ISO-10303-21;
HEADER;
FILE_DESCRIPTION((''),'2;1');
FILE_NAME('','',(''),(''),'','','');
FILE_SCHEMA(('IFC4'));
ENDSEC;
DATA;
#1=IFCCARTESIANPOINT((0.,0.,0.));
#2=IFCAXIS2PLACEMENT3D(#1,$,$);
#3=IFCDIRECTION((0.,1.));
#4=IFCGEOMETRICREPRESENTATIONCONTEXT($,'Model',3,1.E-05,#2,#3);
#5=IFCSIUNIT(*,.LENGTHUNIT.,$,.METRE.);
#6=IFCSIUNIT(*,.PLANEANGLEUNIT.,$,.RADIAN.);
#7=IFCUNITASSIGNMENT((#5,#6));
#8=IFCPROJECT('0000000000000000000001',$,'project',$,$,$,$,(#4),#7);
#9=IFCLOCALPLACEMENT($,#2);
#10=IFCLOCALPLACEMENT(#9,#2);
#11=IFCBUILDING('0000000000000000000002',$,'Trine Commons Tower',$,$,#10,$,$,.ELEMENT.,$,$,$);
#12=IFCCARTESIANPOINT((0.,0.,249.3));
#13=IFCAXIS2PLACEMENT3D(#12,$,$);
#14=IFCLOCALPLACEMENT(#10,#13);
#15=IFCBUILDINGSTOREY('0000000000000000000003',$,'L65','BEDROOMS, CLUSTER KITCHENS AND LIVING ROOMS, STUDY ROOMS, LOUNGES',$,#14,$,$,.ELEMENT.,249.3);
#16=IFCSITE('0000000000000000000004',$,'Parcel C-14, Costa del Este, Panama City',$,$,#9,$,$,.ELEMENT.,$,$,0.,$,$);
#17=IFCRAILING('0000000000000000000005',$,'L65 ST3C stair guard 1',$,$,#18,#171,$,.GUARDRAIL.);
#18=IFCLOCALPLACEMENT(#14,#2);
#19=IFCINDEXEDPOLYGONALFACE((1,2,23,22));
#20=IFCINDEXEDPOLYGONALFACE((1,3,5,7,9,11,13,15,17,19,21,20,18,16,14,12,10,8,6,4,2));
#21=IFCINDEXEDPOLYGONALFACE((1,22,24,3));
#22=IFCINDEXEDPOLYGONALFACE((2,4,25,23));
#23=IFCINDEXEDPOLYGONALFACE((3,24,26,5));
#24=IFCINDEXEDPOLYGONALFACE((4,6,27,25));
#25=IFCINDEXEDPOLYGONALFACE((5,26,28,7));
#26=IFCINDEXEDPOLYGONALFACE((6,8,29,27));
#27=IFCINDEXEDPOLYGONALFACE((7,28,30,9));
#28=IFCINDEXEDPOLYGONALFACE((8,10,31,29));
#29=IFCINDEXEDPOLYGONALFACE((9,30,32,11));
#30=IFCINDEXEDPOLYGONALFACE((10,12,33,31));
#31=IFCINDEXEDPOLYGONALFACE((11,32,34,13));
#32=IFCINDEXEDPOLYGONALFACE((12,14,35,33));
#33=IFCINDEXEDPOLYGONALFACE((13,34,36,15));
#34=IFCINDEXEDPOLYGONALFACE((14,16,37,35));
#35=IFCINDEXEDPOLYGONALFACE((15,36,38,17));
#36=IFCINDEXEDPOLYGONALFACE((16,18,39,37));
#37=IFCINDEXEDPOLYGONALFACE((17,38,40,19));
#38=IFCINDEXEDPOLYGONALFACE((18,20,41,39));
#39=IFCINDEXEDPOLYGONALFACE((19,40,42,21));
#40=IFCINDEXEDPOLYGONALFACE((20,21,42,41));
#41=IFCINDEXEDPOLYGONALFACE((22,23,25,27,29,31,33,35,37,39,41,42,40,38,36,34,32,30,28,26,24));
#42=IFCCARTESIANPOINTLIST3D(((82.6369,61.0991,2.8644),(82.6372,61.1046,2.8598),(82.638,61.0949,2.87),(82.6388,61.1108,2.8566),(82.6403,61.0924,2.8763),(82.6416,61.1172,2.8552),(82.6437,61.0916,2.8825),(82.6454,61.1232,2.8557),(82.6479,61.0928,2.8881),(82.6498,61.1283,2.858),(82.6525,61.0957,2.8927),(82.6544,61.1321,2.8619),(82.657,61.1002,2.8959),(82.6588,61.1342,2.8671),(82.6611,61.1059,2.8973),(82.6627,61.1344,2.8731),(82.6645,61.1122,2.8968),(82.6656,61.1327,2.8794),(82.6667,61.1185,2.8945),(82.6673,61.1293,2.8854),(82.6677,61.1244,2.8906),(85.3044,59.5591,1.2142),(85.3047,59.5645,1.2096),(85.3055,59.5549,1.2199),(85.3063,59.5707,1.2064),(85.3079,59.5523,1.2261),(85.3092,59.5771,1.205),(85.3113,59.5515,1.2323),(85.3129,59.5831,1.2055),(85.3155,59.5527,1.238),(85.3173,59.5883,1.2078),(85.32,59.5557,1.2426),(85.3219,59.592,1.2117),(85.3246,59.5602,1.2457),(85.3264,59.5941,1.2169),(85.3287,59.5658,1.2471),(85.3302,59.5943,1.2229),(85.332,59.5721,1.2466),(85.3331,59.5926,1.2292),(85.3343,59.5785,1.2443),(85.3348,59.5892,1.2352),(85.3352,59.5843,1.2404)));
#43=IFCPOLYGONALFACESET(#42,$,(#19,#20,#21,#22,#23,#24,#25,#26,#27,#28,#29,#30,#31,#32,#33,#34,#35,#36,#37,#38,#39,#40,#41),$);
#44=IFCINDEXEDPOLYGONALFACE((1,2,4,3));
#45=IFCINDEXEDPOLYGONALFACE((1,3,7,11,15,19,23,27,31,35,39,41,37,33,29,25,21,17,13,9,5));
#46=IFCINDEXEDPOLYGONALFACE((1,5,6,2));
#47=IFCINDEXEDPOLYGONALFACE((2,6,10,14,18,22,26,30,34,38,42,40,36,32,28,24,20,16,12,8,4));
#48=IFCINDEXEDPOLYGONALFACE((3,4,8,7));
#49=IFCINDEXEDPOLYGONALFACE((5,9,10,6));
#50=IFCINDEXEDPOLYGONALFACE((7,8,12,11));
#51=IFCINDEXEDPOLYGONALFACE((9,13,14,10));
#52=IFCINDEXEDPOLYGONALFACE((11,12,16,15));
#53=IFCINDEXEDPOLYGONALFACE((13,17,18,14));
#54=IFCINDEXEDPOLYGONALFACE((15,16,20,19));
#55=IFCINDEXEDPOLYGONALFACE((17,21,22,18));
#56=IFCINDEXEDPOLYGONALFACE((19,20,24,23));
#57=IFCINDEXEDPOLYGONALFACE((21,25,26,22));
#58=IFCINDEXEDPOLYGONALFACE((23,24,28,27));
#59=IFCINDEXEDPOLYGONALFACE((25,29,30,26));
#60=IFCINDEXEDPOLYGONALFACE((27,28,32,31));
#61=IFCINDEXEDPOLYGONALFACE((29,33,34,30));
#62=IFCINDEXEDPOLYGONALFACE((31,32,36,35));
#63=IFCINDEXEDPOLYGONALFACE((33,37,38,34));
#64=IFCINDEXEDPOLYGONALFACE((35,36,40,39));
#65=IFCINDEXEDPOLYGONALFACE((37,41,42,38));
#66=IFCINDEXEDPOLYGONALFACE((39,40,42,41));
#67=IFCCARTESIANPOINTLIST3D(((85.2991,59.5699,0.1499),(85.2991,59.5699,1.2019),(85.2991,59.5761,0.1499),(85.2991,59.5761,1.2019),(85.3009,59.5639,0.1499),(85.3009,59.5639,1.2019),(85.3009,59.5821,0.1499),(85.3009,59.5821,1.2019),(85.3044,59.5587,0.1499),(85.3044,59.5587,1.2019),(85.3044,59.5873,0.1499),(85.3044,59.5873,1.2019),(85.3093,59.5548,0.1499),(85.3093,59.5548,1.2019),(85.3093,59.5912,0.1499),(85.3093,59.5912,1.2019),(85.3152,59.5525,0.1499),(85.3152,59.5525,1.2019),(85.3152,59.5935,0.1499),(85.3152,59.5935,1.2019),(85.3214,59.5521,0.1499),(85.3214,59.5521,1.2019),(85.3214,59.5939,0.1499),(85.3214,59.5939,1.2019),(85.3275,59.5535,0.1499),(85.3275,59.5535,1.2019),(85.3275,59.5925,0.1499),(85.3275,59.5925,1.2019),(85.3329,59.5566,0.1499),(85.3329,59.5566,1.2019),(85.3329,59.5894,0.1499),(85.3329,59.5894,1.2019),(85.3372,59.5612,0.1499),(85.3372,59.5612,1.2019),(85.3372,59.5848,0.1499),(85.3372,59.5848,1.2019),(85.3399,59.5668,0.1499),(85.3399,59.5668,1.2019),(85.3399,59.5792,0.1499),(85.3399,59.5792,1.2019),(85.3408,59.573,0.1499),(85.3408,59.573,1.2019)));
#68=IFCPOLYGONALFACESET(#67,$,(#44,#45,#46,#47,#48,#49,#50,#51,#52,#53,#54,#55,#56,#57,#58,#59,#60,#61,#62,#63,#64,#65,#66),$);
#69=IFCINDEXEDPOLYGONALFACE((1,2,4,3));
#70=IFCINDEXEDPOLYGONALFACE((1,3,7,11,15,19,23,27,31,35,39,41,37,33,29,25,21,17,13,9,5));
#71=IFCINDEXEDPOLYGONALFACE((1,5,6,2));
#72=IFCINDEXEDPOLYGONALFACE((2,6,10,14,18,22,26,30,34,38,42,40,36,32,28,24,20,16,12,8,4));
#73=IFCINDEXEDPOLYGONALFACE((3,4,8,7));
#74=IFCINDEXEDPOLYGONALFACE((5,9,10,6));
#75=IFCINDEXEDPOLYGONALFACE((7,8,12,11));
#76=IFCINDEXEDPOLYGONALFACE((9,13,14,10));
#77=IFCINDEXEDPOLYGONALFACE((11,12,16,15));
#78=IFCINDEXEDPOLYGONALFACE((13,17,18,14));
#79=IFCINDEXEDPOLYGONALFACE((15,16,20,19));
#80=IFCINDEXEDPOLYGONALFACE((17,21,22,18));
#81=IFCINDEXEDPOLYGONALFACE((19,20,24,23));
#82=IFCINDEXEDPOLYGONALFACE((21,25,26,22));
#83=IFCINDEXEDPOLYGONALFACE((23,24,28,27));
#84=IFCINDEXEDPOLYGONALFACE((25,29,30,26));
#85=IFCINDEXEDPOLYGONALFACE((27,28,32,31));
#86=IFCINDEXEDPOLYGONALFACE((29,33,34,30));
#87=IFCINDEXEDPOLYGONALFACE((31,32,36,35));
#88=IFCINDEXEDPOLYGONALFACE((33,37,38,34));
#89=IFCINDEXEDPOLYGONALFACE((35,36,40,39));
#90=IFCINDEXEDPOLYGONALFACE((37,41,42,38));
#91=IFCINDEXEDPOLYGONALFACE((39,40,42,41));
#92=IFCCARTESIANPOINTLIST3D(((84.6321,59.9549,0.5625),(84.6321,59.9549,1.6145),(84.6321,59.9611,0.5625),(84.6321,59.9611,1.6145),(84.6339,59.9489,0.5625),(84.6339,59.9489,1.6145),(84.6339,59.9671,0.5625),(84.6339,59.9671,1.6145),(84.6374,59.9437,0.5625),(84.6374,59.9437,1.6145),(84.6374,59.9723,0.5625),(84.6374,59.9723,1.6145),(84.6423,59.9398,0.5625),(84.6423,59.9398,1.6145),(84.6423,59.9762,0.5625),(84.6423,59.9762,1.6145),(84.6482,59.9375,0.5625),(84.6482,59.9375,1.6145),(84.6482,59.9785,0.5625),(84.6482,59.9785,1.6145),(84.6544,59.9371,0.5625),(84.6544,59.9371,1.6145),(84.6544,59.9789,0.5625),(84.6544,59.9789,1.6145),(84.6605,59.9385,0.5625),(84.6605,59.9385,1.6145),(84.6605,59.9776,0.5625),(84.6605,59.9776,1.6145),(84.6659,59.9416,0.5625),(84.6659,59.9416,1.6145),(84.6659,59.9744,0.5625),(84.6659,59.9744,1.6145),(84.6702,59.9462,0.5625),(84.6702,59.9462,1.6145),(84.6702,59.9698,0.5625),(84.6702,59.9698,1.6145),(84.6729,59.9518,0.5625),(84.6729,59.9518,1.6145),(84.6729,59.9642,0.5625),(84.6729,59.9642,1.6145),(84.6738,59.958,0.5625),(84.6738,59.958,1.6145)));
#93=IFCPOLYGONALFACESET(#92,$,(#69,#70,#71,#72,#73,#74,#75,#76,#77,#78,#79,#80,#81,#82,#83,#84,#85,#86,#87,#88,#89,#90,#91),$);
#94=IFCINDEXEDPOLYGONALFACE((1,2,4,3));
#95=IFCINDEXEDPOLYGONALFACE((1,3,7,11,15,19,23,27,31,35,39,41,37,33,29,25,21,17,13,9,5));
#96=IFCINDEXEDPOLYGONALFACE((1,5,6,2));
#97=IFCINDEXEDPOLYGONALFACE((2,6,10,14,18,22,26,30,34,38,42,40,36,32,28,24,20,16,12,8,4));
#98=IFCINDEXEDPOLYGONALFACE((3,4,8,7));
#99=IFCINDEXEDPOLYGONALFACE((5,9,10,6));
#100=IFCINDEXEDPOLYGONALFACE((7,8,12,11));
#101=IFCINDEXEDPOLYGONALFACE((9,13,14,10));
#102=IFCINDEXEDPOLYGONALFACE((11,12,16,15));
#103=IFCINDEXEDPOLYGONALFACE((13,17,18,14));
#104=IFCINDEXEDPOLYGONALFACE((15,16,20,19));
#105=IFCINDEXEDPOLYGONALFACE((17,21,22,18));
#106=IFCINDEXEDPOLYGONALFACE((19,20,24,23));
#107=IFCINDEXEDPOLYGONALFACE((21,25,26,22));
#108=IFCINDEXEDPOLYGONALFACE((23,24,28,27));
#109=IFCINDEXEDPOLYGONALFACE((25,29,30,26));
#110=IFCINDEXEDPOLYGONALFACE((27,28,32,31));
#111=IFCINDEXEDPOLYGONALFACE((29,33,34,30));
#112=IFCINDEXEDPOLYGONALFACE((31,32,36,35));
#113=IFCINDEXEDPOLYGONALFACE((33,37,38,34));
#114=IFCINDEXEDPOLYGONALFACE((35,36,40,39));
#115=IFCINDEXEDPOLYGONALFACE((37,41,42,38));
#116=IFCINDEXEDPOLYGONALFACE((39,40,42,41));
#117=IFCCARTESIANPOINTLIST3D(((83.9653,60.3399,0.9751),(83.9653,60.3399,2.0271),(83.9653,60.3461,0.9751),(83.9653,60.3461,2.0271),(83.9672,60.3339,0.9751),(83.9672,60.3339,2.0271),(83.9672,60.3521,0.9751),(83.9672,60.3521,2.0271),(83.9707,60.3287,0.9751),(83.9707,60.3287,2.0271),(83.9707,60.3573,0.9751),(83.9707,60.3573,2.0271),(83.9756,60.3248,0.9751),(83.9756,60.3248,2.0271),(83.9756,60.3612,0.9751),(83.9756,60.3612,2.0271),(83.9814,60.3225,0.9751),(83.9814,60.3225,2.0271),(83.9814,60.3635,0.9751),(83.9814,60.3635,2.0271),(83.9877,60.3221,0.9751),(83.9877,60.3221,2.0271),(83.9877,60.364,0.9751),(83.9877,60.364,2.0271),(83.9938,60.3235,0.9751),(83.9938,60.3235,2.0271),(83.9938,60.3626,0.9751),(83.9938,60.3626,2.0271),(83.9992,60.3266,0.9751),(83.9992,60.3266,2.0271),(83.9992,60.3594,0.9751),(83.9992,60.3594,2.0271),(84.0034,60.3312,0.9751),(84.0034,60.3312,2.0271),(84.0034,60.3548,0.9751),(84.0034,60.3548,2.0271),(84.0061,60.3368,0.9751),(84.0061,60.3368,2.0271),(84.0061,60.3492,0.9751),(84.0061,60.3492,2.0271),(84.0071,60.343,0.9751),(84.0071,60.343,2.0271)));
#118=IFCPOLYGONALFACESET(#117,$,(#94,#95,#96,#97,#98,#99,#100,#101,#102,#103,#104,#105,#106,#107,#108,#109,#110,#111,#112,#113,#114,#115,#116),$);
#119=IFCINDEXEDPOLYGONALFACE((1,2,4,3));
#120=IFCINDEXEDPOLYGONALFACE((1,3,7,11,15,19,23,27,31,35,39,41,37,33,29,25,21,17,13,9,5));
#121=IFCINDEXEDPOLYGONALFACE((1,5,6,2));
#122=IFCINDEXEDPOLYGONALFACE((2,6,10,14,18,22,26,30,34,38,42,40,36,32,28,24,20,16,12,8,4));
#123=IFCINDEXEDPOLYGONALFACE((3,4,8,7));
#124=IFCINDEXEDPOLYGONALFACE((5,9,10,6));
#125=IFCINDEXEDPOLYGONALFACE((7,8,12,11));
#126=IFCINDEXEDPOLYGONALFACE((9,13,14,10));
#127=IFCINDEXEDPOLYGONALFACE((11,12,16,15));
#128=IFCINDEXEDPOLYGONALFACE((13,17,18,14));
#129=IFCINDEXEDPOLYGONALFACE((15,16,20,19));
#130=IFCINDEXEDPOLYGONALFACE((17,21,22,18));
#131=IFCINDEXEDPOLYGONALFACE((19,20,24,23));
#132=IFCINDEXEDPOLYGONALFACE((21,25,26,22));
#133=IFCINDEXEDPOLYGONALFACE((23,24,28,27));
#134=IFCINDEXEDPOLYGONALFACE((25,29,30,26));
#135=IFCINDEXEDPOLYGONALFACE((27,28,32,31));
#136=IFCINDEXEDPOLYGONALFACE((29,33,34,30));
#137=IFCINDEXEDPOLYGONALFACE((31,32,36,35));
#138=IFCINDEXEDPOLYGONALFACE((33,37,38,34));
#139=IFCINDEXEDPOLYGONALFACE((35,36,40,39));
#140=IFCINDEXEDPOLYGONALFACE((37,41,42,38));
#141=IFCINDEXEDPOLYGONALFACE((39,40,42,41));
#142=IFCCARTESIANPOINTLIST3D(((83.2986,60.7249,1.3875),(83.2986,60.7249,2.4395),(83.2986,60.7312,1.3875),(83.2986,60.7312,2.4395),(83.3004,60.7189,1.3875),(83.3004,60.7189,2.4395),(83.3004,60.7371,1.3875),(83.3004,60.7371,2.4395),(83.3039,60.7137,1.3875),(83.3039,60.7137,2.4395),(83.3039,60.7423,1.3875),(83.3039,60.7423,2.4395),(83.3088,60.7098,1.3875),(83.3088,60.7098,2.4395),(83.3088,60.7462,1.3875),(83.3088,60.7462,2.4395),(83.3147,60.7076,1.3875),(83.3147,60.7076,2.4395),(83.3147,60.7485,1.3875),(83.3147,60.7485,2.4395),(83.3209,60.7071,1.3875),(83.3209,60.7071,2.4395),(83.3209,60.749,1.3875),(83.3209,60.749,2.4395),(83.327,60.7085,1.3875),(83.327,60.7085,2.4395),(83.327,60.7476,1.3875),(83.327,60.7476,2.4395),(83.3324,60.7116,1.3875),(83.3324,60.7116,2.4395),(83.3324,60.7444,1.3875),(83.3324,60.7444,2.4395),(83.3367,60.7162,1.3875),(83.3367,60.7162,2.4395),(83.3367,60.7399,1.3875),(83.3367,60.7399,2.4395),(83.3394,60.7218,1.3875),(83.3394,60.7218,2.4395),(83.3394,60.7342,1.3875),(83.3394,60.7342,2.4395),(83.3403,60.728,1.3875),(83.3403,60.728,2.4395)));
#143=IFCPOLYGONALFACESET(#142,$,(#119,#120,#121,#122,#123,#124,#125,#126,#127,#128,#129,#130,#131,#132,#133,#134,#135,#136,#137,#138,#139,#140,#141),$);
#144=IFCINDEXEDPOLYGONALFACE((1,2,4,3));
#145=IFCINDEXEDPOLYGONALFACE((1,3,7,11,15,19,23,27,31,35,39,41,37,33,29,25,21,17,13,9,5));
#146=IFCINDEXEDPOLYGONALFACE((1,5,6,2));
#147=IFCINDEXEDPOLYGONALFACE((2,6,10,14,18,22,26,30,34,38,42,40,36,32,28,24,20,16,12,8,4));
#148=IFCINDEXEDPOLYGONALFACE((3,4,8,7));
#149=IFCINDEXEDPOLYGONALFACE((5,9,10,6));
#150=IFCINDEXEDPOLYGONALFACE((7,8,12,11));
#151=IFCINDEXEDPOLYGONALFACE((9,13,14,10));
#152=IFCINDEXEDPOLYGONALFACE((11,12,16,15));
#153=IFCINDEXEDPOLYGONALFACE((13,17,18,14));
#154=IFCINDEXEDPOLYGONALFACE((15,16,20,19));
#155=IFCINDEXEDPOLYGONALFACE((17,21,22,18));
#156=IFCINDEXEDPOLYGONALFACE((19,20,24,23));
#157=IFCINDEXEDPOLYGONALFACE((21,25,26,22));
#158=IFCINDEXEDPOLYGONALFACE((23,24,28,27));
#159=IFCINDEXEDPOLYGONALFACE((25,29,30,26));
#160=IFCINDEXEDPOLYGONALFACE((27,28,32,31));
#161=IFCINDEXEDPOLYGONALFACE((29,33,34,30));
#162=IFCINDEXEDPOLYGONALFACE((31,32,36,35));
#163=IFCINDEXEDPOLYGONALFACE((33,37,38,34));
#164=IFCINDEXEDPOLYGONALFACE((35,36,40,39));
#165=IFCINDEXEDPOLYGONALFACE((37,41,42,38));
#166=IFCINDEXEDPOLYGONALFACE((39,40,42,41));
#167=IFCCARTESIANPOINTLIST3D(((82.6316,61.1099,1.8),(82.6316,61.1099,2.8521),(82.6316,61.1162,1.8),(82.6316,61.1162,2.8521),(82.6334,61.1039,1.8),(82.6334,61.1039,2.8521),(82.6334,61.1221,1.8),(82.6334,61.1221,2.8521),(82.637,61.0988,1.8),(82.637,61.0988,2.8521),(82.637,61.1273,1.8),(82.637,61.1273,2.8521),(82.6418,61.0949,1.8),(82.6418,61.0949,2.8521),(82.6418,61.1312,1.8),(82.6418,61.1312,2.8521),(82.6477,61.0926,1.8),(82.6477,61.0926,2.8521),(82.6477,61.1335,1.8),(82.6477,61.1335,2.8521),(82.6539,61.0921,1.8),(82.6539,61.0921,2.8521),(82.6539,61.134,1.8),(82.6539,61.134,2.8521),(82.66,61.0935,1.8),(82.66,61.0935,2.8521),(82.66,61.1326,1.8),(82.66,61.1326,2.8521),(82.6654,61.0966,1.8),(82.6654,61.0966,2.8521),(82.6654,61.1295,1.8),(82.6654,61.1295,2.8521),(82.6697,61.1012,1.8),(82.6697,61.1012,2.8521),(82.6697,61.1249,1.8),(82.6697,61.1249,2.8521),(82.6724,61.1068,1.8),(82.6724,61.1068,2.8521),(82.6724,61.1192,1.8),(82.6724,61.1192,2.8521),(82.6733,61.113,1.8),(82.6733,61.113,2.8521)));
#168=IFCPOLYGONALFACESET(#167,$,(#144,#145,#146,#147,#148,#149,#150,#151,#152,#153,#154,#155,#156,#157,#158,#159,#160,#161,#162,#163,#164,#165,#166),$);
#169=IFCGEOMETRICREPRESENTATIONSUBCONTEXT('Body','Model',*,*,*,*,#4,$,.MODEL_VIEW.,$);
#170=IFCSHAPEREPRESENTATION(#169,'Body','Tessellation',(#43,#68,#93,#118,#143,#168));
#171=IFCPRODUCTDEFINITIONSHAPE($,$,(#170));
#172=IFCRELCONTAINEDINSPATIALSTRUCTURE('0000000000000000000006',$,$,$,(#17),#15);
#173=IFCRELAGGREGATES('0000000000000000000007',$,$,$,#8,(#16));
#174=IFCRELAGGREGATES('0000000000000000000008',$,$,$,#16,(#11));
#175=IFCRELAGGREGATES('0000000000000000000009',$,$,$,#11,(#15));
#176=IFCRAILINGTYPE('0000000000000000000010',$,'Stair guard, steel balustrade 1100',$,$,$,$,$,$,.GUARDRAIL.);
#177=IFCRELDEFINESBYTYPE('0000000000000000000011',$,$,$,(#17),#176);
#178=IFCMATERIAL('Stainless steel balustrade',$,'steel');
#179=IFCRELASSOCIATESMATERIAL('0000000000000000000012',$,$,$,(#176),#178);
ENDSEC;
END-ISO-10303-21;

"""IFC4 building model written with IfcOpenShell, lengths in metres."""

from ifc_helpers import new_model, si_unit, direction, frame, origin, origin_2d, place, context, subcontext, project, spatial, circle, extrude, material, type_object, element, save


model = new_model("IFC4")

# Units and contexts
model_context = context("Model", 3, precision=1e-05, world=origin(), true_north=direction((0.0, 1.0)))
body_context = subcontext(model_context, "Body", "Model", "MODEL_VIEW")
ifc_project = project(units=[si_unit("LENGTHUNIT", "METRE"), si_unit("PLANEANGLEUNIT", "RADIAN")], contexts=[model_context])

# Site, building, storey
site_placement = place(None, origin())
site = spatial("IfcSite", under=ifc_project, at=site_placement, Name="Parcel C-14, Costa del Este, Panama City", CompositionType="ELEMENT", RefElevation=0.0)
building_placement = place(site_placement, origin())
building = spatial("IfcBuilding", under=site, at=building_placement, Name="Trine Commons Tower", CompositionType="ELEMENT")
storey_placement = place(building_placement, frame((0.0, 0.0, 249.3)))
storey = spatial("IfcBuildingStorey", under=building, at=storey_placement, Name="L65", Description="BEDROOMS, CLUSTER KITCHENS AND LIVING ROOMS, STUDY ROOMS, LOUNGES", CompositionType="ELEMENT", Elevation=249.3)

# Railing
ifc_material_1 = material(Name="Stainless steel balustrade", Category="steel")
railing_type_1 = type_object("IfcRailingType", Name="Stair guard, steel balustrade 1100", PredefinedType="GUARDRAIL", material=ifc_material_1)
railing_1_placement = place(storey_placement, frame((85.3198, 59.573, 0.1499)))
element("IfcRailing", 1, at=railing_1_placement, inside=storey, type_object=railing_type_1, Name="L65 ST3C stair guard 1", PredefinedType="GUARDRAIL", context=body_context, shape_type="SweptSolid", body=[
    extrude(circle(Radius=0.0239, at=origin_2d()), frame((0.0, 0.0, 1.0762), z_axis=(-0.76338, 0.440728, 0.472239), x_axis=(-0.499992, -0.86603, 0.0)), (0.0, 0.0, 1.0), 3.4944),
    extrude(circle(Radius=0.021, at=origin_2d()), origin(), (0.0, 0.0, 1.0), 1.052),
    extrude(circle(Radius=0.021, at=origin_2d()), frame((-0.667, 0.385, 0.4126)), (0.0, 0.0, 1.0), 1.052),
    extrude(circle(Radius=0.021, at=origin_2d()), frame((-1.3337, 0.77, 0.8252)), (0.0, 0.0, 1.0), 1.052),
    extrude(circle(Radius=0.021, at=origin_2d()), frame((-2.0005, 1.155, 1.2375)), (0.0, 0.0, 1.0), 1.052),
    extrude(circle(Radius=0.021, at=origin_2d()), frame((-2.6675, 1.54, 1.6501)), (0.0, 0.0, 1.0), 1.052),
])

save(model, "model.ifc")
